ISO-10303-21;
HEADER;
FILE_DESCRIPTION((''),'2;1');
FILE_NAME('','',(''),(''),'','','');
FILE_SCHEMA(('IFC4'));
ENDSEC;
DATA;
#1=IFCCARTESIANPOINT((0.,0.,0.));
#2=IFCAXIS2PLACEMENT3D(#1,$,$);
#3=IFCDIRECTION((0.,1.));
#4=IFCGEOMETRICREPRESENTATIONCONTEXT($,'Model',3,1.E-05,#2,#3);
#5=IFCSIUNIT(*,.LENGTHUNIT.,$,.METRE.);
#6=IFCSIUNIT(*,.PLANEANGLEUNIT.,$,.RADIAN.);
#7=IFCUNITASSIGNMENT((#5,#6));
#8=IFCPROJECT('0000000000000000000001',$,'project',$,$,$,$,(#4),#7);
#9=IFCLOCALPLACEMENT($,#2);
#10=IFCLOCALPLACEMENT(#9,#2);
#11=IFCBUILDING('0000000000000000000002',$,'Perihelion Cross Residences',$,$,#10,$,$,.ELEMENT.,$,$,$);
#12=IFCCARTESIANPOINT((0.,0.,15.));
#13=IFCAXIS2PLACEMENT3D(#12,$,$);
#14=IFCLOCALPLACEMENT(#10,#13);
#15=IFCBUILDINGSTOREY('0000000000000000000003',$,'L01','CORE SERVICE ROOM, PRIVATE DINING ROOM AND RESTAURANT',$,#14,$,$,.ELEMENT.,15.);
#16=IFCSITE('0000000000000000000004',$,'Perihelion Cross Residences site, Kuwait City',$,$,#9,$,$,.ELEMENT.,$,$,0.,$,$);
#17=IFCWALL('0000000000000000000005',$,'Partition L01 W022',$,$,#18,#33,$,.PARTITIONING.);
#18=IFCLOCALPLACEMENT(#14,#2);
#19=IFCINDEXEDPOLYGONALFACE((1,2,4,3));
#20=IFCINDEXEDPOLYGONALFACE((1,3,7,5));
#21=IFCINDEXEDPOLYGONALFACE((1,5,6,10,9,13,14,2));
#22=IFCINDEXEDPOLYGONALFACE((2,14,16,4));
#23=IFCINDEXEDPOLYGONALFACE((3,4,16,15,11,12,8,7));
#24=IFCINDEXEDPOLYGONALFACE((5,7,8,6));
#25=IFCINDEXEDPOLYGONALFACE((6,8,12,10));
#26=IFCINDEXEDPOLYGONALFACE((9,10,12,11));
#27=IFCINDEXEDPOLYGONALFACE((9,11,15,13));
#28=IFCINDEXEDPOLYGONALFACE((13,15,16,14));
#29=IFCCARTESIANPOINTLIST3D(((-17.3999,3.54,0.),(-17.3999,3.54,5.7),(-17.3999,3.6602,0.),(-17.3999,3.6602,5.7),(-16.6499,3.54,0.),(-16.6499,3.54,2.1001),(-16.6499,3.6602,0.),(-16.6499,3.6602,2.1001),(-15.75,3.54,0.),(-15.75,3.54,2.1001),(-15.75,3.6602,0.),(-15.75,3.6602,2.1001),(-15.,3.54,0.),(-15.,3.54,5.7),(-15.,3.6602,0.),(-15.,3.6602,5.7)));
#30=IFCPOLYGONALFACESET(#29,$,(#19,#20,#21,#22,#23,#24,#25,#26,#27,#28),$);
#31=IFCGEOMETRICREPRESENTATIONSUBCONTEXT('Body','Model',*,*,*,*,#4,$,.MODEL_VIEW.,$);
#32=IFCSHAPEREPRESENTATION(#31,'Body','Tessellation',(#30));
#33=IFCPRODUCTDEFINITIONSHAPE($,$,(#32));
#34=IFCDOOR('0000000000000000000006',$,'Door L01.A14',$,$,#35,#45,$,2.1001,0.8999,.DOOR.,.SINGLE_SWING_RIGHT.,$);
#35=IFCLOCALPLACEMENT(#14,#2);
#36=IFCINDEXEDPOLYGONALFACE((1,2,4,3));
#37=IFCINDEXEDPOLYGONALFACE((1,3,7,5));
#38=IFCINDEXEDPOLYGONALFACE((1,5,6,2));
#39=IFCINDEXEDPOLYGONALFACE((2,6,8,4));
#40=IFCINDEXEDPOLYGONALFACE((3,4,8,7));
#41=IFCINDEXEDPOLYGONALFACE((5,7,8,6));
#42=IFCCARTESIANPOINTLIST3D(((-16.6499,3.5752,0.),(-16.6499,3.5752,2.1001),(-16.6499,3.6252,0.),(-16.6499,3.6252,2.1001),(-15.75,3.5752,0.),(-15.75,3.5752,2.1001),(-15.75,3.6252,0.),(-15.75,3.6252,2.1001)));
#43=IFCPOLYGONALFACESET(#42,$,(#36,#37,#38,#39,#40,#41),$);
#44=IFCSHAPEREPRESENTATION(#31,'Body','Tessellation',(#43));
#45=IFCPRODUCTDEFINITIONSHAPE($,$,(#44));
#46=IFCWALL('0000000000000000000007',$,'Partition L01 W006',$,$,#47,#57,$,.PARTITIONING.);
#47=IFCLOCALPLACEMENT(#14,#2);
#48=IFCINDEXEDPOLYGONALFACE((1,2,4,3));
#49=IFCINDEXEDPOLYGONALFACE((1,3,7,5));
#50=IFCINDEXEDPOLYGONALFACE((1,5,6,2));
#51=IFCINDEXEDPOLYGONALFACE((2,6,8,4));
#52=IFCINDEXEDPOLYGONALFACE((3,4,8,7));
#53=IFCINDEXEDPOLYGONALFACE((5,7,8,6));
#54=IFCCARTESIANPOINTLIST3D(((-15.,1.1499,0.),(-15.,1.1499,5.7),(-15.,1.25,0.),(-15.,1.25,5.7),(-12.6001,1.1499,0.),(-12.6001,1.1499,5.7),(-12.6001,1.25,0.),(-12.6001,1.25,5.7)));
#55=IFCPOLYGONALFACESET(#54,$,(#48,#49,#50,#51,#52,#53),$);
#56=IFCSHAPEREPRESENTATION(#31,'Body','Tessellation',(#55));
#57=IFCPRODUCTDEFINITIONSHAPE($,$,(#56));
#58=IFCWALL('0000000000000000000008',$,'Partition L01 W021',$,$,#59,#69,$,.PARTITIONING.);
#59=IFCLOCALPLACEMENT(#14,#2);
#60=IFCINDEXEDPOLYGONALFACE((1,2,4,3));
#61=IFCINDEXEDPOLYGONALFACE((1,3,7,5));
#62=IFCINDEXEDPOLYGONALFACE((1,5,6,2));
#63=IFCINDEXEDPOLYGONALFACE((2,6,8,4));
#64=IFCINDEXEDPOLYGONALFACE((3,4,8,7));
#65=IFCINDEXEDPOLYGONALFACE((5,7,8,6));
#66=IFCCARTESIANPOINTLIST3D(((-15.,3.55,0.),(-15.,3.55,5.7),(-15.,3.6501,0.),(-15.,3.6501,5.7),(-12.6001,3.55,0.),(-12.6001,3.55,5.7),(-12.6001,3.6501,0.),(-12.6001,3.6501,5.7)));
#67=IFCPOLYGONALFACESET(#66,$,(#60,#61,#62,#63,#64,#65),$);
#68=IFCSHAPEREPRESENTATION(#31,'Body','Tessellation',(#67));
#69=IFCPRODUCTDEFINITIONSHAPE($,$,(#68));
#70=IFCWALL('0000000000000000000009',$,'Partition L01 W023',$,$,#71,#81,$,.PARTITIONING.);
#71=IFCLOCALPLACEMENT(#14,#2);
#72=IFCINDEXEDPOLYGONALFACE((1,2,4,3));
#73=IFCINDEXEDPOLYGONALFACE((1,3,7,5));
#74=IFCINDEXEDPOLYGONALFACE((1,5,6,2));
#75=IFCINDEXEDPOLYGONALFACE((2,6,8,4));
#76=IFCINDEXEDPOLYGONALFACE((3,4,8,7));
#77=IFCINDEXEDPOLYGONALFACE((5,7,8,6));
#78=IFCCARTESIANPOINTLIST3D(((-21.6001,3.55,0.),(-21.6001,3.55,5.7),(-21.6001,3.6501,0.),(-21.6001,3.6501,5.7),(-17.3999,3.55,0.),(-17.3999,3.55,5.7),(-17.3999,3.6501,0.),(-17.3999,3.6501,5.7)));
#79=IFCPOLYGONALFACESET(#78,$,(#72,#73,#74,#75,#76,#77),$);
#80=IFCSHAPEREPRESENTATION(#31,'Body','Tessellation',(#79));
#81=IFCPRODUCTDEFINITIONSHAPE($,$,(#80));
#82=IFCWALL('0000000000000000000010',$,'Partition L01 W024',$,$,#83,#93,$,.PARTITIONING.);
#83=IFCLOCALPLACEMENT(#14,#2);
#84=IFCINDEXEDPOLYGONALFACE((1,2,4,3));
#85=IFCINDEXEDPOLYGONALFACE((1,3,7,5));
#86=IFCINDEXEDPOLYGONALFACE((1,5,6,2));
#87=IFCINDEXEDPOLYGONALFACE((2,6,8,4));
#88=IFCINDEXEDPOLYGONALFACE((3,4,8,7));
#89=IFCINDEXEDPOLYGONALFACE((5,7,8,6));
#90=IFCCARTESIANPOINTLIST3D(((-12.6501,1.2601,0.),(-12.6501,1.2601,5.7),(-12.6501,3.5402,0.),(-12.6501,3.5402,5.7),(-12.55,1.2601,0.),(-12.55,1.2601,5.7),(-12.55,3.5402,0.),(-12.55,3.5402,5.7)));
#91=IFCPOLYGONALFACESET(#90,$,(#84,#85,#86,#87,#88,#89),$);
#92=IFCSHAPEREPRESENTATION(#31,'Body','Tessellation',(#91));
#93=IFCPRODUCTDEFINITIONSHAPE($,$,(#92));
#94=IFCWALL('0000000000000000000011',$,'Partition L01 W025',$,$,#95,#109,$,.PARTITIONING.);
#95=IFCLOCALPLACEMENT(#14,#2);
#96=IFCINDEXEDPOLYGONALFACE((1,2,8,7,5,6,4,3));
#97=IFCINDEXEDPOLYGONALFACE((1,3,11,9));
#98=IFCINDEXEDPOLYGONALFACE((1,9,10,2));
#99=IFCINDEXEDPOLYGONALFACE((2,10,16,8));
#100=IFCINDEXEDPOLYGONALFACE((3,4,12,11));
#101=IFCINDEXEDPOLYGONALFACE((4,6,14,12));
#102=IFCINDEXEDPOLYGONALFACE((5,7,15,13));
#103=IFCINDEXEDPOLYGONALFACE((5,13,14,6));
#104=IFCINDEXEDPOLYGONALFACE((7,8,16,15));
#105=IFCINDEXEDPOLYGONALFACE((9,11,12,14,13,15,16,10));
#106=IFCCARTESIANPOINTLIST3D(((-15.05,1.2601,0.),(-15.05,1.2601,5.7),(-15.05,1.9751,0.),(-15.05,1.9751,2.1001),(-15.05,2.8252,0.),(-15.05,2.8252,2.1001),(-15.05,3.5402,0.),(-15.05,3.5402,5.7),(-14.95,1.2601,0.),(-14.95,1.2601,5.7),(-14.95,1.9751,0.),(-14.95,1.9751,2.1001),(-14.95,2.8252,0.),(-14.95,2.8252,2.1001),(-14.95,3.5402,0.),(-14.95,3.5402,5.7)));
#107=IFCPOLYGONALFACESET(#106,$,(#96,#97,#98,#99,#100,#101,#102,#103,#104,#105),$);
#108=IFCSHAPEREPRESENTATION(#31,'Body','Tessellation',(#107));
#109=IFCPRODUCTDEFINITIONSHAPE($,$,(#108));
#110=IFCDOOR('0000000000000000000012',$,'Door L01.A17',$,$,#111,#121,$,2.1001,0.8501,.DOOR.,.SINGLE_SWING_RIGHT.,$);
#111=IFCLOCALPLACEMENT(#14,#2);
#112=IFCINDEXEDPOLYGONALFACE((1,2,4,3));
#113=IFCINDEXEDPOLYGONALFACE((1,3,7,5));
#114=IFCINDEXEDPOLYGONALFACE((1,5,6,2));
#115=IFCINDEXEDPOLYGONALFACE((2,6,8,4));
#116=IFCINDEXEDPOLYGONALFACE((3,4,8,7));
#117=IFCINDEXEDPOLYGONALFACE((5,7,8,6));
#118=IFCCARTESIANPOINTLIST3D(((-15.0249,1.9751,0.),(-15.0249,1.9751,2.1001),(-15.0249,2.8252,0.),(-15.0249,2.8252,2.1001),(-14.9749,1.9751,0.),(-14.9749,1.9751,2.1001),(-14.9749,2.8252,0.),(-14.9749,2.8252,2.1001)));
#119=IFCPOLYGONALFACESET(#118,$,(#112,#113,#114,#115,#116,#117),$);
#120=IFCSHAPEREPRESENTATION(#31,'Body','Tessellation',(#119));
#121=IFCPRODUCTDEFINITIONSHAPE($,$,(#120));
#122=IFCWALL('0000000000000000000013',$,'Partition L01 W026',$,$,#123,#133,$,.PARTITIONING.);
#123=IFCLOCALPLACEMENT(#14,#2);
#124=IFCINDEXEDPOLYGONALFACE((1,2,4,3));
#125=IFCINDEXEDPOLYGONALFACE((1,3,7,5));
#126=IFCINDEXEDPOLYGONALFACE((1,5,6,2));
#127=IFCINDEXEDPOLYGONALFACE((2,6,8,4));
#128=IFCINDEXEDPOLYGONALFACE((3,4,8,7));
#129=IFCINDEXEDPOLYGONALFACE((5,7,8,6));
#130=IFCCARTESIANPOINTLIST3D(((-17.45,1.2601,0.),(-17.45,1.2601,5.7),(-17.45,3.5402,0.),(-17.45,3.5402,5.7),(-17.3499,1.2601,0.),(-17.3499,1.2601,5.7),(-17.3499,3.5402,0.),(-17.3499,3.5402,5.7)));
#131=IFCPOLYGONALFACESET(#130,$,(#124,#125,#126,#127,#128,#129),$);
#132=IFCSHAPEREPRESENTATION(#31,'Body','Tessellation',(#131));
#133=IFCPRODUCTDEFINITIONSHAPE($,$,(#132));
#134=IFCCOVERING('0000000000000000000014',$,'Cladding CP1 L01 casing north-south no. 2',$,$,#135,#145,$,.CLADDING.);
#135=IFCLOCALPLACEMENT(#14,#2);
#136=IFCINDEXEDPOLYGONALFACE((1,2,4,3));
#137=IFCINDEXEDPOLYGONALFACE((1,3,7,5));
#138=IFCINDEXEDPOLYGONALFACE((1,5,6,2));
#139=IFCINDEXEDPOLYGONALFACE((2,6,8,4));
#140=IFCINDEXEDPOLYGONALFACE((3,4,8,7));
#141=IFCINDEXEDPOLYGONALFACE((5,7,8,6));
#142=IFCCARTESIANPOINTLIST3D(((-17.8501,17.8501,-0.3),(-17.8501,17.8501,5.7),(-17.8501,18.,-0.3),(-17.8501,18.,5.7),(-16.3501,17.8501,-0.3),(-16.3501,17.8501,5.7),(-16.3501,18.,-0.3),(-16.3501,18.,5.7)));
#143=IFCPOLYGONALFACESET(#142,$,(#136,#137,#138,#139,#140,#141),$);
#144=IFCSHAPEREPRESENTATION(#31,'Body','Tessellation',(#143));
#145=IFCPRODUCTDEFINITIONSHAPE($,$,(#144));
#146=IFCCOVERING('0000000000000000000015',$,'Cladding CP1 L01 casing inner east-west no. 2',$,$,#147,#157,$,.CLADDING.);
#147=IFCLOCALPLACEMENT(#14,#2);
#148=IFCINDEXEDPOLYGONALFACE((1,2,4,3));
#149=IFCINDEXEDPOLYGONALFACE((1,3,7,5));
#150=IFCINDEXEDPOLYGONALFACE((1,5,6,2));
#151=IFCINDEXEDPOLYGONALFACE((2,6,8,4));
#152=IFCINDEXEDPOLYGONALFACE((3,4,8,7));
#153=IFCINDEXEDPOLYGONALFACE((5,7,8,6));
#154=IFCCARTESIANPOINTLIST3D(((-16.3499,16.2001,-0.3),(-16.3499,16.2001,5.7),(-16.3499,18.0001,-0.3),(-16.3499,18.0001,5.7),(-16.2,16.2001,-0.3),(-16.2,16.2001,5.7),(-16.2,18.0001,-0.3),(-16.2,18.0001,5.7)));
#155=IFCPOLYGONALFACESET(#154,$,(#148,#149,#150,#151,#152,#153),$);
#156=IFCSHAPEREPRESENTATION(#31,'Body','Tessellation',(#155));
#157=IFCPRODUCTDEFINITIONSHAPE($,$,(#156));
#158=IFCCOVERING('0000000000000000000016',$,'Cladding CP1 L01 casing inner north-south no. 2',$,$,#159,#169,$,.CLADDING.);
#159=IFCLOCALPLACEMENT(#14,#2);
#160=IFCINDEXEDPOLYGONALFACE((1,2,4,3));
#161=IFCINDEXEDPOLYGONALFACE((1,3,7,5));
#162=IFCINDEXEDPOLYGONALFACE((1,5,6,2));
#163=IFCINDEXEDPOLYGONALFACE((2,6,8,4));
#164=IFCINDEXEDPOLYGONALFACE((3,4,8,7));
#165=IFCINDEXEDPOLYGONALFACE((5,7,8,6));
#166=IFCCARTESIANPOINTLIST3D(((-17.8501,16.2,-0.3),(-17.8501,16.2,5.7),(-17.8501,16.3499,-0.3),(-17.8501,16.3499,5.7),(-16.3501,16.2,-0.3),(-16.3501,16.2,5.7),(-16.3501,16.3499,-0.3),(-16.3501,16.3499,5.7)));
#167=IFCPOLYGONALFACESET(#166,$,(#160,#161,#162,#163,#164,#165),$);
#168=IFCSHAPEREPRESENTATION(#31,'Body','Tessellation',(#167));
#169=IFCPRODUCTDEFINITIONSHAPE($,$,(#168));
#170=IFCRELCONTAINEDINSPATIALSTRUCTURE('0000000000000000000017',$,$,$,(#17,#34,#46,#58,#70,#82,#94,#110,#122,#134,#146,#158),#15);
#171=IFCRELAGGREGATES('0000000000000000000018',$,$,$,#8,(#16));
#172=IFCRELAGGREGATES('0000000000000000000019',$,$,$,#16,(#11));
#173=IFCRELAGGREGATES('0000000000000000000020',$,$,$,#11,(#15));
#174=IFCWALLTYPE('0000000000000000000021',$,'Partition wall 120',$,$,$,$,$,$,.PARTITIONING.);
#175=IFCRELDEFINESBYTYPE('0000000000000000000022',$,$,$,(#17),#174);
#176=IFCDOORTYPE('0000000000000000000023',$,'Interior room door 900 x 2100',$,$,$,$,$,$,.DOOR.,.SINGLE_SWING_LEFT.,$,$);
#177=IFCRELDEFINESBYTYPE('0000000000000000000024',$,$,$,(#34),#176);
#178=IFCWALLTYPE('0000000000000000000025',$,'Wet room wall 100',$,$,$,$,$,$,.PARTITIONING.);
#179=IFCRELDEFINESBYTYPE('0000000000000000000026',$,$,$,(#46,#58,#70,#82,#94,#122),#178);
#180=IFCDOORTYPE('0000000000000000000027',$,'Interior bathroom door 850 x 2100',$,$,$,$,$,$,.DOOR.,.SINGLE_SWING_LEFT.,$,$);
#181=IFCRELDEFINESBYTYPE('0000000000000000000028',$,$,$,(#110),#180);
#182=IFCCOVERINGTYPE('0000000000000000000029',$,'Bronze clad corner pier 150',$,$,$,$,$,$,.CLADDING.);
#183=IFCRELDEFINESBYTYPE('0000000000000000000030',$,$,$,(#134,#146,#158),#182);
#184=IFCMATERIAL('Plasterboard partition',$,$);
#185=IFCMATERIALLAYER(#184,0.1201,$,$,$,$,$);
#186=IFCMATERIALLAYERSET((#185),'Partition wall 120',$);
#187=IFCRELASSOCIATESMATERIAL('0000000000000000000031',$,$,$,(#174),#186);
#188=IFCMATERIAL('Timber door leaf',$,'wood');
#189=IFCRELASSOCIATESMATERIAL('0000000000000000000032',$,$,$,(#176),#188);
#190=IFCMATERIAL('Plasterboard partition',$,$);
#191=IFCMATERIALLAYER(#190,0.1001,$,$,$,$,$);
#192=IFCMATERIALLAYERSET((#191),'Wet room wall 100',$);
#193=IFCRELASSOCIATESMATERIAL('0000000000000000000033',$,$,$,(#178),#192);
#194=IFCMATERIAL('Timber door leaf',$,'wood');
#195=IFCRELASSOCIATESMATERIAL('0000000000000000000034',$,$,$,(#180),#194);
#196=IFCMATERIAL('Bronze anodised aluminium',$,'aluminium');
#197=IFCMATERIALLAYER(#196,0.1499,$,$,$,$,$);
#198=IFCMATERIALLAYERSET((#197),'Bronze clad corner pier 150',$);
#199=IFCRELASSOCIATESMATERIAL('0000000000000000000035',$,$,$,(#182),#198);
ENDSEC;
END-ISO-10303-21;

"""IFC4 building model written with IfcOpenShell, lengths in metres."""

from ifc_helpers import new_model, si_unit, direction, frame, frame_2d, origin, origin_2d, place, context, subcontext, project, spatial, rectangle, extrude, material, layer, layer_set, type_object, element, fill, save


model = new_model("IFC4")

# Units and contexts
model_context = context("Model", 3, precision=1e-05, world=origin(), true_north=direction((0.0, 1.0)))
body_context = subcontext(model_context, "Body", "Model", "MODEL_VIEW")
ifc_project = project(units=[si_unit("LENGTHUNIT", "METRE"), si_unit("PLANEANGLEUNIT", "RADIAN")], contexts=[model_context])

# Site, building, storey
site_placement = place(None, origin())
site = spatial("IfcSite", under=ifc_project, at=site_placement, Name="Perihelion Cross Residences site, Kuwait City", CompositionType="ELEMENT", RefElevation=0.0)
building_placement = place(site_placement, origin())
building = spatial("IfcBuilding", under=site, at=building_placement, Name="Perihelion Cross Residences", CompositionType="ELEMENT")
storey_placement = place(building_placement, frame((0.0, 0.0, 15.0)))
storey = spatial("IfcBuildingStorey", under=building, at=storey_placement, Name="L01", Description="CORE SERVICE ROOM, PRIVATE DINING ROOM AND RESTAURANT", CompositionType="ELEMENT", Elevation=15.0)

# Shared definitions
ifc_material_1 = material(Name="Plasterboard partition")
ifc_layer_1 = layer(ifc_material_1, 0.1201)
ifc_layer_set_1 = layer_set([ifc_layer_1], Name="Partition wall 120")
wall_type_1 = type_object("IfcWallType", Name="Partition wall 120", PredefinedType="PARTITIONING", material=ifc_layer_set_1)

# Wall, opening, door
ifc_material_2 = material(Name="Timber door leaf", Category="wood")
door_type_1 = type_object("IfcDoorType", Name="Interior room door 900 x 2100", OperationType="SINGLE_SWING_LEFT", PredefinedType="DOOR", material=ifc_material_2)
wall_1_placement = place(storey_placement, frame((-15.0, 3.6001, 0.0), z_axis=(0.0, 0.0, 1.0), x_axis=(-1.0, 0.0, 0.0)))
wall_1 = element("IfcWall", 1, at=wall_1_placement, inside=storey, type_object=wall_type_1, Name="Partition L01 W022", PredefinedType="PARTITIONING", context=body_context, shape_type="SweptSolid", body=[
    extrude(rectangle(XDim=2.3999, YDim=0.1201, at=frame_2d((1.2, 0.0))), origin(), (0.0, 0.0, 1.0), 5.7),
])
opening_1_placement = place(wall_1_placement, frame((0.75, 0.0, 0.0)))
opening_1 = element("IfcOpeningElement", 2, at=opening_1_placement, cuts=wall_1, PredefinedType="OPENING", context=body_context, shape_type="SweptSolid", body=[
    extrude(rectangle(XDim=0.8999, YDim=2.1001, at=frame_2d((0.45, 1.05))), frame((0.0, 0.0701, 0.0), z_axis=(0.0, -1.0, 0.0), x_axis=(1.0, 0.0, 0.0)), (0.0, 0.0, 1.0), 0.1401),
])
door_1_placement = place(opening_1_placement, origin())
door_1 = element("IfcDoor", 3, at=door_1_placement, inside=storey, type_object=door_type_1, Name="Door L01.A14", OperationType="SINGLE_SWING_RIGHT", OverallHeight=2.1001, OverallWidth=0.8999, PredefinedType="DOOR", context=body_context, shape_type="SweptSolid", body=[
    extrude(rectangle(XDim=0.8999, YDim=2.1001, at=frame_2d((0.45, 1.05))), frame((0.0, 0.0249, 0.0), z_axis=(0.0, -1.0, 0.0), x_axis=(1.0, 0.0, 0.0)), (0.0, 0.0, 1.0), 0.05),
])
fill(opening_1, door_1)

# Walls
ifc_material_3 = material(Name="Plasterboard partition")
ifc_layer_2 = layer(ifc_material_3, 0.1001)
ifc_layer_set_2 = layer_set([ifc_layer_2], Name="Wet room wall 100")
wall_type_2 = type_object("IfcWallType", Name="Wet room wall 100", PredefinedType="PARTITIONING", material=ifc_layer_set_2)
for number, where, z_axis, x_axis, name in (
    (4, (-15.0, 1.2, 0.0), (0.0, 0.0, 1.0), (1.0, 0.0, 0.0), "Partition L01 W006"),
    (5, (-12.6001, 3.6001, 0.0), (0.0, 0.0, 1.0), (-1.0, 0.0, 0.0), "Partition L01 W021"),
):
    element("IfcWall", number, at=place(storey_placement, frame(where, z_axis=z_axis, x_axis=x_axis)), inside=storey, type_object=wall_type_2, Name=name, PredefinedType="PARTITIONING", context=body_context, shape_type="SweptSolid", body=[
        extrude(rectangle(XDim=2.3999, YDim=0.1001, at=frame_2d((1.2, 0.0))), origin(), (0.0, 0.0, 1.0), 5.7),
    ])
wall_2_placement = place(storey_placement, frame((-17.3999, 3.6001, 0.0), z_axis=(0.0, 0.0, 1.0), x_axis=(-1.0, 0.0, 0.0)))
element("IfcWall", 6, at=wall_2_placement, inside=storey, type_object=wall_type_2, Name="Partition L01 W023", PredefinedType="PARTITIONING", context=body_context, shape_type="SweptSolid", body=[
    extrude(rectangle(XDim=4.2002, YDim=0.1001, at=frame_2d((2.1001, 0.0))), origin(), (0.0, 0.0, 1.0), 5.7),
])
wall_3_placement = place(storey_placement, frame((-12.6001, 1.26, 0.0), z_axis=(0.0, 0.0, 1.0), x_axis=(0.0, 1.0, 0.0)))
element("IfcWall", 7, at=wall_3_placement, inside=storey, type_object=wall_type_2, Name="Partition L01 W024", PredefinedType="PARTITIONING", context=body_context, shape_type="SweptSolid", body=[
    extrude(rectangle(XDim=2.28, YDim=0.1001, at=frame_2d((1.1401, 0.0))), origin(), (0.0, 0.0, 1.0), 5.7),
])

# Wall, opening, door
wall_4_placement = place(storey_placement, frame((-15.0, 1.26, 0.0), z_axis=(0.0, 0.0, 1.0), x_axis=(0.0, 1.0, 0.0)))
wall_4 = element("IfcWall", 8, at=wall_4_placement, inside=storey, type_object=wall_type_2, Name="Partition L01 W025", PredefinedType="PARTITIONING", context=body_context, shape_type="SweptSolid", body=[
    extrude(rectangle(XDim=2.28, YDim=0.1001, at=frame_2d((1.1401, 0.0))), origin(), (0.0, 0.0, 1.0), 5.7),
])
opening_2_placement = place(wall_4_placement, frame((0.7151, 0.0, 0.0)))
opening_2 = element("IfcOpeningElement", 9, at=opening_2_placement, cuts=wall_4, PredefinedType="OPENING", context=body_context, shape_type="SweptSolid", body=[
    extrude(rectangle(XDim=0.8501, YDim=2.1001, at=frame_2d((0.425, 1.05))), frame((0.0, 0.0601, 0.0), z_axis=(0.0, -1.0, 0.0), x_axis=(1.0, 0.0, 0.0)), (0.0, 0.0, 1.0), 0.1201),
])
ifc_material_4 = material(Name="Timber door leaf", Category="wood")
door_type_2 = type_object("IfcDoorType", Name="Interior bathroom door 850 x 2100", OperationType="SINGLE_SWING_LEFT", PredefinedType="DOOR", material=ifc_material_4)
door_2_placement = place(opening_2_placement, origin())
door_2 = element("IfcDoor", 10, at=door_2_placement, inside=storey, type_object=door_type_2, Name="Door L01.A17", OperationType="SINGLE_SWING_RIGHT", OverallHeight=2.1001, OverallWidth=0.8501, PredefinedType="DOOR", context=body_context, shape_type="SweptSolid", body=[
    extrude(rectangle(XDim=0.8501, YDim=2.1001, at=frame_2d((0.425, 1.05))), frame((0.0, 0.0249, 0.0), z_axis=(0.0, -1.0, 0.0), x_axis=(1.0, 0.0, 0.0)), (0.0, 0.0, 1.0), 0.05),
])
fill(opening_2, door_2)

# Wall
wall_5_placement = place(storey_placement, frame((-17.3999, 1.26, 0.0), z_axis=(0.0, 0.0, 1.0), x_axis=(0.0, 1.0, 0.0)))
element("IfcWall", 11, at=wall_5_placement, inside=storey, type_object=wall_type_2, Name="Partition L01 W026", PredefinedType="PARTITIONING", context=body_context, shape_type="SweptSolid", body=[
    extrude(rectangle(XDim=2.28, YDim=0.1001, at=frame_2d((1.1401, 0.0))), origin(), (0.0, 0.0, 1.0), 5.7),
])

# Coverings
ifc_material_5 = material(Name="Bronze anodised aluminium", Category="aluminium")
ifc_layer_3 = layer(ifc_material_5, 0.1499)
ifc_layer_set_3 = layer_set([ifc_layer_3], Name="Bronze clad corner pier 150")
covering_type = type_object("IfcCoveringType", Name="Bronze clad corner pier 150", PredefinedType="CLADDING", material=ifc_layer_set_3)
covering_1_placement = place(storey_placement, frame((-17.1001, 17.925, -0.3), z_axis=(0.0, 0.0, 1.0), x_axis=(1.0, 0.0, 0.0)))
element("IfcCovering", 12, at=covering_1_placement, inside=storey, type_object=covering_type, Name="Cladding CP1 L01 casing north-south no. 2", PredefinedType="CLADDING", context=body_context, shape_type="SweptSolid", body=[
    extrude(rectangle(XDim=1.5, YDim=0.1499, at=origin_2d()), origin(), (0.0, 0.0, 1.0), 6.0),
])
covering_2_placement = place(storey_placement, frame((-16.2749, 17.1001, -0.3), z_axis=(0.0, 0.0, 1.0), x_axis=(1.0, 0.0, 0.0)))
element("IfcCovering", 13, at=covering_2_placement, inside=storey, type_object=covering_type, Name="Cladding CP1 L01 casing inner east-west no. 2", PredefinedType="CLADDING", context=body_context, shape_type="SweptSolid", body=[
    extrude(rectangle(XDim=0.1499, YDim=1.8, at=origin_2d()), origin(), (0.0, 0.0, 1.0), 6.0),
])
covering_3_placement = place(storey_placement, frame((-17.1001, 16.2749, -0.3), z_axis=(0.0, 0.0, 1.0), x_axis=(1.0, 0.0, 0.0)))
element("IfcCovering", 14, at=covering_3_placement, inside=storey, type_object=covering_type, Name="Cladding CP1 L01 casing inner north-south no. 2", PredefinedType="CLADDING", context=body_context, shape_type="SweptSolid", body=[
    extrude(rectangle(XDim=1.5, YDim=0.1499, at=origin_2d()), origin(), (0.0, 0.0, 1.0), 6.0),
])

save(model, "model.ifc")
